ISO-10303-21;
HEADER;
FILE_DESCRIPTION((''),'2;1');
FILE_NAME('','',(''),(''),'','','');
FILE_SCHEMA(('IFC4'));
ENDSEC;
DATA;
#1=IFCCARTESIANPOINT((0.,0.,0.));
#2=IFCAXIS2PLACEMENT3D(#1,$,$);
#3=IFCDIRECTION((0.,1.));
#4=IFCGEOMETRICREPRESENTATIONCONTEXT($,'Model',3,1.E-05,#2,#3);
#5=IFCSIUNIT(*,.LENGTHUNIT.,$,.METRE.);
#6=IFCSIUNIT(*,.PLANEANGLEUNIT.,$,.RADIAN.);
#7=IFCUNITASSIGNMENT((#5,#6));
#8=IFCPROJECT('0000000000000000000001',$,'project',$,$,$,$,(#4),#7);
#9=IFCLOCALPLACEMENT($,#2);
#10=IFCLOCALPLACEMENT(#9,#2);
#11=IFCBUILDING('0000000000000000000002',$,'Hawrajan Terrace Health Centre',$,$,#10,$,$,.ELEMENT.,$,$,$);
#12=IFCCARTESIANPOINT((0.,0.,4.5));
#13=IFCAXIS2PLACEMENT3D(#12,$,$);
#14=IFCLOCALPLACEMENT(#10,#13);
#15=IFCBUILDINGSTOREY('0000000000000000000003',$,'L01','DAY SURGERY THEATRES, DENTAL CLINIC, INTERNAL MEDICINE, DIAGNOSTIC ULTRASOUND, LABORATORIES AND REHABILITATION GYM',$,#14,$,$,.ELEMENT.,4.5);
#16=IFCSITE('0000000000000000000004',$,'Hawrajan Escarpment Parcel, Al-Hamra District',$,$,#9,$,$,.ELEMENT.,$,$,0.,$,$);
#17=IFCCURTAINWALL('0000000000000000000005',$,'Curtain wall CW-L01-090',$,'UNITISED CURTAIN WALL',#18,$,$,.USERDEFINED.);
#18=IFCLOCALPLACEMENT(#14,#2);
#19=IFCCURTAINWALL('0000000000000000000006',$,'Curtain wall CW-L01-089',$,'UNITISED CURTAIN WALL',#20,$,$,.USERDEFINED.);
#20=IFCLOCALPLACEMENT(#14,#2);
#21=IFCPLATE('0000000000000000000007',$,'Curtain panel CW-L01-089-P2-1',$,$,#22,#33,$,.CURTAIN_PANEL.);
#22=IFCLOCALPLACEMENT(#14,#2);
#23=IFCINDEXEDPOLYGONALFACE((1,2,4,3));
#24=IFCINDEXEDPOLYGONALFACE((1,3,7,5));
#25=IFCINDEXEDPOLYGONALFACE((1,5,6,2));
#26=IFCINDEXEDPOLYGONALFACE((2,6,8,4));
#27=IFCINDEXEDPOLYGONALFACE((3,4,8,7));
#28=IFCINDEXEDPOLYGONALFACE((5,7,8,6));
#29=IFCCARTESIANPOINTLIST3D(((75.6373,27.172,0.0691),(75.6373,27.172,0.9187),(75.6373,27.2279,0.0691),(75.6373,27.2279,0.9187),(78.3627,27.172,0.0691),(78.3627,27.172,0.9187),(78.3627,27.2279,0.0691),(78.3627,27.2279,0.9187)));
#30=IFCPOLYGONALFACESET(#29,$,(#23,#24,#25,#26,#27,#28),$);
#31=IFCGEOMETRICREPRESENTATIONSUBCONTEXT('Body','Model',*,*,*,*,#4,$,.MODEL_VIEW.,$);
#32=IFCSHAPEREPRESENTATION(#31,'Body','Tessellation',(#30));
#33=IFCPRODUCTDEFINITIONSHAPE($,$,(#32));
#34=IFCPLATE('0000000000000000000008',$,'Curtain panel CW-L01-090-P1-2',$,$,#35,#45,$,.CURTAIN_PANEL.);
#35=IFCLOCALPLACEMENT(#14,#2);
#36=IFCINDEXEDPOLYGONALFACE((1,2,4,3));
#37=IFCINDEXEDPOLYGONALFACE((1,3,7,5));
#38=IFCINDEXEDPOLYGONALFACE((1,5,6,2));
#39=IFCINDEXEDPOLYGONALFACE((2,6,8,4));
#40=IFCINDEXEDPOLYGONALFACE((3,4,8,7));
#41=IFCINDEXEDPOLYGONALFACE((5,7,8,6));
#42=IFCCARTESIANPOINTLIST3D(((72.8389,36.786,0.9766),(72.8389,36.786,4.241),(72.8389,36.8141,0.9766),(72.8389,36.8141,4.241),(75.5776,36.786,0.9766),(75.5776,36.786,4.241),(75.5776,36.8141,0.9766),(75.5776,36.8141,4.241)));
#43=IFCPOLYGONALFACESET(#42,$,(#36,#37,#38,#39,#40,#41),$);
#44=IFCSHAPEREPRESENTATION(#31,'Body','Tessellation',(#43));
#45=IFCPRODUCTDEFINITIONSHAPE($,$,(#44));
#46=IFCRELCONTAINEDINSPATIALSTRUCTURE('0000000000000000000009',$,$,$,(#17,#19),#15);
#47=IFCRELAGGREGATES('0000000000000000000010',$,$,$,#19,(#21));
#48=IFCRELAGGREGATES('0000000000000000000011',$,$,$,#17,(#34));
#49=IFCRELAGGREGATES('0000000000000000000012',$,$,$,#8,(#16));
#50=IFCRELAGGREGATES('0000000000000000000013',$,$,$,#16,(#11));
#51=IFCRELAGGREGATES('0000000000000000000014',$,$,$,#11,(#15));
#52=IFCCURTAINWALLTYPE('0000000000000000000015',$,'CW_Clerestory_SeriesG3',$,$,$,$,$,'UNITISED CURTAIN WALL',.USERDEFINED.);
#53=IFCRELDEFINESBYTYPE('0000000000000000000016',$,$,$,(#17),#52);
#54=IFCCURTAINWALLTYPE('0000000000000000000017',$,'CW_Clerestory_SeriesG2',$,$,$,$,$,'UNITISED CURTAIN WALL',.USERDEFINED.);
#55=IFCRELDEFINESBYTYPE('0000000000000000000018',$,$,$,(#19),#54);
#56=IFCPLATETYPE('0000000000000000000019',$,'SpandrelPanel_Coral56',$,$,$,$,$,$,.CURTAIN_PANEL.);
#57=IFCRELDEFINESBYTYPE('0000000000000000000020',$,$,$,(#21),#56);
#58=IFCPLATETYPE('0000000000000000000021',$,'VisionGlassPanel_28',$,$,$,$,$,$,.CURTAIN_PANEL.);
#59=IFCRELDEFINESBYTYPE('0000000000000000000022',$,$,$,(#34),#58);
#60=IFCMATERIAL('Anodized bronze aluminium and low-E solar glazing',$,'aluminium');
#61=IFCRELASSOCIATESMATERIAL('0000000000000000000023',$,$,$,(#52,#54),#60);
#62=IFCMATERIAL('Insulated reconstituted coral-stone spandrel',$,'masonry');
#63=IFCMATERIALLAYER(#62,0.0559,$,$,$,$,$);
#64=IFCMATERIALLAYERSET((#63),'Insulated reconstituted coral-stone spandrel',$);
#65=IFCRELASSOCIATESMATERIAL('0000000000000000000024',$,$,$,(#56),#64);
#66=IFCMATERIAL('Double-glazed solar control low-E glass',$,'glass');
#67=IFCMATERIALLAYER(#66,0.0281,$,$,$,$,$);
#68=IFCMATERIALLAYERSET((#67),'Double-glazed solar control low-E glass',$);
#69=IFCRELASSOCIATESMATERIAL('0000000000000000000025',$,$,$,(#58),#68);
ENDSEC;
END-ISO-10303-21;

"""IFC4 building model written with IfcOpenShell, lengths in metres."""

from ifc_helpers import new_model, si_unit, direction, frame, origin, origin_2d, place, context, subcontext, project, spatial, rectangle, extrude, material, layer, layer_set, type_object, element, aggregate, save


model = new_model("IFC4")

# Units and contexts
model_context = context("Model", 3, precision=1e-05, world=origin(), true_north=direction((0.0, 1.0)))
body_context = subcontext(model_context, "Body", "Model", "MODEL_VIEW")
ifc_project = project(units=[si_unit("LENGTHUNIT", "METRE"), si_unit("PLANEANGLEUNIT", "RADIAN")], contexts=[model_context])

# Site, building, storey
site_placement = place(None, origin())
site = spatial("IfcSite", under=ifc_project, at=site_placement, Name="Hawrajan Escarpment Parcel, Al-Hamra District", CompositionType="ELEMENT", RefElevation=0.0)
building_placement = place(site_placement, origin())
building = spatial("IfcBuilding", under=site, at=building_placement, Name="Hawrajan Terrace Health Centre", CompositionType="ELEMENT")
storey_placement = place(building_placement, frame((0.0, 0.0, 4.5)))
storey = spatial("IfcBuildingStorey", under=building, at=storey_placement, Name="L01", Description="DAY SURGERY THEATRES, DENTAL CLINIC, INTERNAL MEDICINE, DIAGNOSTIC ULTRASOUND, LABORATORIES AND REHABILITATION GYM", CompositionType="ELEMENT", Elevation=4.5)

# Curtain walls
ifc_material_1 = material(Name="Anodized bronze aluminium and low-E solar glazing", Category="aluminium")
curtain_wall_type_1 = type_object("IfcCurtainWallType", Name="CW_Clerestory_SeriesG3", ElementType="UNITISED CURTAIN WALL", PredefinedType="USERDEFINED", material=ifc_material_1)
curtain_wall_1_placement = place(storey_placement, origin())
curtain_wall_1 = element("IfcCurtainWall", 1, at=curtain_wall_1_placement, inside=storey, type_object=curtain_wall_type_1, Name="Curtain wall CW-L01-090", ObjectType="UNITISED CURTAIN WALL", PredefinedType="USERDEFINED")
curtain_wall_type_2 = type_object("IfcCurtainWallType", Name="CW_Clerestory_SeriesG2", ElementType="UNITISED CURTAIN WALL", PredefinedType="USERDEFINED", material=ifc_material_1)
curtain_wall_2_placement = place(storey_placement, origin())
curtain_wall_2 = element("IfcCurtainWall", 2, at=curtain_wall_2_placement, inside=storey, type_object=curtain_wall_type_2, Name="Curtain wall CW-L01-089", ObjectType="UNITISED CURTAIN WALL", PredefinedType="USERDEFINED")

# Plates
ifc_material_2 = material(Name="Insulated reconstituted coral-stone spandrel", Category="masonry")
ifc_layer_1 = layer(ifc_material_2, 0.0559)
ifc_layer_set_1 = layer_set([ifc_layer_1], Name="Insulated reconstituted coral-stone spandrel")
plate_type_1 = type_object("IfcPlateType", Name="SpandrelPanel_Coral56", PredefinedType="CURTAIN_PANEL", material=ifc_layer_set_1)
plate_1_placement = place(storey_placement, frame((77.0, 27.2, 0.0691), z_axis=(0.0, 0.0, 1.0), x_axis=(1.0, 0.0, 0.0)))
plate_1 = element("IfcPlate", 3, at=plate_1_placement, type_object=plate_type_1, Name="Curtain panel CW-L01-089-P2-1", PredefinedType="CURTAIN_PANEL", context=body_context, shape_type="SweptSolid", body=[
    extrude(rectangle(XDim=2.7253, YDim=0.0559, at=origin_2d()), origin(), (0.0, 0.0, 1.0), 0.8496),
])
aggregate(curtain_wall_2, [plate_1])
ifc_material_3 = material(Name="Double-glazed solar control low-E glass", Category="glass")
ifc_layer_2 = layer(ifc_material_3, 0.0281)
ifc_layer_set_2 = layer_set([ifc_layer_2], Name="Double-glazed solar control low-E glass")
plate_type_2 = type_object("IfcPlateType", Name="VisionGlassPanel_28", PredefinedType="CURTAIN_PANEL", material=ifc_layer_set_2)
plate_2_placement = place(storey_placement, frame((74.2083, 36.8, 0.9766), z_axis=(0.0, 0.0, 1.0), x_axis=(1.0, 0.0, 0.0)))
plate_2 = element("IfcPlate", 4, at=plate_2_placement, type_object=plate_type_2, Name="Curtain panel CW-L01-090-P1-2", PredefinedType="CURTAIN_PANEL", context=body_context, shape_type="SweptSolid", body=[
    extrude(rectangle(XDim=2.7388, YDim=0.0281, at=origin_2d()), origin(), (0.0, 0.0, 1.0), 3.2644),
])
aggregate(curtain_wall_1, [plate_2])

save(model, "model.ifc")
